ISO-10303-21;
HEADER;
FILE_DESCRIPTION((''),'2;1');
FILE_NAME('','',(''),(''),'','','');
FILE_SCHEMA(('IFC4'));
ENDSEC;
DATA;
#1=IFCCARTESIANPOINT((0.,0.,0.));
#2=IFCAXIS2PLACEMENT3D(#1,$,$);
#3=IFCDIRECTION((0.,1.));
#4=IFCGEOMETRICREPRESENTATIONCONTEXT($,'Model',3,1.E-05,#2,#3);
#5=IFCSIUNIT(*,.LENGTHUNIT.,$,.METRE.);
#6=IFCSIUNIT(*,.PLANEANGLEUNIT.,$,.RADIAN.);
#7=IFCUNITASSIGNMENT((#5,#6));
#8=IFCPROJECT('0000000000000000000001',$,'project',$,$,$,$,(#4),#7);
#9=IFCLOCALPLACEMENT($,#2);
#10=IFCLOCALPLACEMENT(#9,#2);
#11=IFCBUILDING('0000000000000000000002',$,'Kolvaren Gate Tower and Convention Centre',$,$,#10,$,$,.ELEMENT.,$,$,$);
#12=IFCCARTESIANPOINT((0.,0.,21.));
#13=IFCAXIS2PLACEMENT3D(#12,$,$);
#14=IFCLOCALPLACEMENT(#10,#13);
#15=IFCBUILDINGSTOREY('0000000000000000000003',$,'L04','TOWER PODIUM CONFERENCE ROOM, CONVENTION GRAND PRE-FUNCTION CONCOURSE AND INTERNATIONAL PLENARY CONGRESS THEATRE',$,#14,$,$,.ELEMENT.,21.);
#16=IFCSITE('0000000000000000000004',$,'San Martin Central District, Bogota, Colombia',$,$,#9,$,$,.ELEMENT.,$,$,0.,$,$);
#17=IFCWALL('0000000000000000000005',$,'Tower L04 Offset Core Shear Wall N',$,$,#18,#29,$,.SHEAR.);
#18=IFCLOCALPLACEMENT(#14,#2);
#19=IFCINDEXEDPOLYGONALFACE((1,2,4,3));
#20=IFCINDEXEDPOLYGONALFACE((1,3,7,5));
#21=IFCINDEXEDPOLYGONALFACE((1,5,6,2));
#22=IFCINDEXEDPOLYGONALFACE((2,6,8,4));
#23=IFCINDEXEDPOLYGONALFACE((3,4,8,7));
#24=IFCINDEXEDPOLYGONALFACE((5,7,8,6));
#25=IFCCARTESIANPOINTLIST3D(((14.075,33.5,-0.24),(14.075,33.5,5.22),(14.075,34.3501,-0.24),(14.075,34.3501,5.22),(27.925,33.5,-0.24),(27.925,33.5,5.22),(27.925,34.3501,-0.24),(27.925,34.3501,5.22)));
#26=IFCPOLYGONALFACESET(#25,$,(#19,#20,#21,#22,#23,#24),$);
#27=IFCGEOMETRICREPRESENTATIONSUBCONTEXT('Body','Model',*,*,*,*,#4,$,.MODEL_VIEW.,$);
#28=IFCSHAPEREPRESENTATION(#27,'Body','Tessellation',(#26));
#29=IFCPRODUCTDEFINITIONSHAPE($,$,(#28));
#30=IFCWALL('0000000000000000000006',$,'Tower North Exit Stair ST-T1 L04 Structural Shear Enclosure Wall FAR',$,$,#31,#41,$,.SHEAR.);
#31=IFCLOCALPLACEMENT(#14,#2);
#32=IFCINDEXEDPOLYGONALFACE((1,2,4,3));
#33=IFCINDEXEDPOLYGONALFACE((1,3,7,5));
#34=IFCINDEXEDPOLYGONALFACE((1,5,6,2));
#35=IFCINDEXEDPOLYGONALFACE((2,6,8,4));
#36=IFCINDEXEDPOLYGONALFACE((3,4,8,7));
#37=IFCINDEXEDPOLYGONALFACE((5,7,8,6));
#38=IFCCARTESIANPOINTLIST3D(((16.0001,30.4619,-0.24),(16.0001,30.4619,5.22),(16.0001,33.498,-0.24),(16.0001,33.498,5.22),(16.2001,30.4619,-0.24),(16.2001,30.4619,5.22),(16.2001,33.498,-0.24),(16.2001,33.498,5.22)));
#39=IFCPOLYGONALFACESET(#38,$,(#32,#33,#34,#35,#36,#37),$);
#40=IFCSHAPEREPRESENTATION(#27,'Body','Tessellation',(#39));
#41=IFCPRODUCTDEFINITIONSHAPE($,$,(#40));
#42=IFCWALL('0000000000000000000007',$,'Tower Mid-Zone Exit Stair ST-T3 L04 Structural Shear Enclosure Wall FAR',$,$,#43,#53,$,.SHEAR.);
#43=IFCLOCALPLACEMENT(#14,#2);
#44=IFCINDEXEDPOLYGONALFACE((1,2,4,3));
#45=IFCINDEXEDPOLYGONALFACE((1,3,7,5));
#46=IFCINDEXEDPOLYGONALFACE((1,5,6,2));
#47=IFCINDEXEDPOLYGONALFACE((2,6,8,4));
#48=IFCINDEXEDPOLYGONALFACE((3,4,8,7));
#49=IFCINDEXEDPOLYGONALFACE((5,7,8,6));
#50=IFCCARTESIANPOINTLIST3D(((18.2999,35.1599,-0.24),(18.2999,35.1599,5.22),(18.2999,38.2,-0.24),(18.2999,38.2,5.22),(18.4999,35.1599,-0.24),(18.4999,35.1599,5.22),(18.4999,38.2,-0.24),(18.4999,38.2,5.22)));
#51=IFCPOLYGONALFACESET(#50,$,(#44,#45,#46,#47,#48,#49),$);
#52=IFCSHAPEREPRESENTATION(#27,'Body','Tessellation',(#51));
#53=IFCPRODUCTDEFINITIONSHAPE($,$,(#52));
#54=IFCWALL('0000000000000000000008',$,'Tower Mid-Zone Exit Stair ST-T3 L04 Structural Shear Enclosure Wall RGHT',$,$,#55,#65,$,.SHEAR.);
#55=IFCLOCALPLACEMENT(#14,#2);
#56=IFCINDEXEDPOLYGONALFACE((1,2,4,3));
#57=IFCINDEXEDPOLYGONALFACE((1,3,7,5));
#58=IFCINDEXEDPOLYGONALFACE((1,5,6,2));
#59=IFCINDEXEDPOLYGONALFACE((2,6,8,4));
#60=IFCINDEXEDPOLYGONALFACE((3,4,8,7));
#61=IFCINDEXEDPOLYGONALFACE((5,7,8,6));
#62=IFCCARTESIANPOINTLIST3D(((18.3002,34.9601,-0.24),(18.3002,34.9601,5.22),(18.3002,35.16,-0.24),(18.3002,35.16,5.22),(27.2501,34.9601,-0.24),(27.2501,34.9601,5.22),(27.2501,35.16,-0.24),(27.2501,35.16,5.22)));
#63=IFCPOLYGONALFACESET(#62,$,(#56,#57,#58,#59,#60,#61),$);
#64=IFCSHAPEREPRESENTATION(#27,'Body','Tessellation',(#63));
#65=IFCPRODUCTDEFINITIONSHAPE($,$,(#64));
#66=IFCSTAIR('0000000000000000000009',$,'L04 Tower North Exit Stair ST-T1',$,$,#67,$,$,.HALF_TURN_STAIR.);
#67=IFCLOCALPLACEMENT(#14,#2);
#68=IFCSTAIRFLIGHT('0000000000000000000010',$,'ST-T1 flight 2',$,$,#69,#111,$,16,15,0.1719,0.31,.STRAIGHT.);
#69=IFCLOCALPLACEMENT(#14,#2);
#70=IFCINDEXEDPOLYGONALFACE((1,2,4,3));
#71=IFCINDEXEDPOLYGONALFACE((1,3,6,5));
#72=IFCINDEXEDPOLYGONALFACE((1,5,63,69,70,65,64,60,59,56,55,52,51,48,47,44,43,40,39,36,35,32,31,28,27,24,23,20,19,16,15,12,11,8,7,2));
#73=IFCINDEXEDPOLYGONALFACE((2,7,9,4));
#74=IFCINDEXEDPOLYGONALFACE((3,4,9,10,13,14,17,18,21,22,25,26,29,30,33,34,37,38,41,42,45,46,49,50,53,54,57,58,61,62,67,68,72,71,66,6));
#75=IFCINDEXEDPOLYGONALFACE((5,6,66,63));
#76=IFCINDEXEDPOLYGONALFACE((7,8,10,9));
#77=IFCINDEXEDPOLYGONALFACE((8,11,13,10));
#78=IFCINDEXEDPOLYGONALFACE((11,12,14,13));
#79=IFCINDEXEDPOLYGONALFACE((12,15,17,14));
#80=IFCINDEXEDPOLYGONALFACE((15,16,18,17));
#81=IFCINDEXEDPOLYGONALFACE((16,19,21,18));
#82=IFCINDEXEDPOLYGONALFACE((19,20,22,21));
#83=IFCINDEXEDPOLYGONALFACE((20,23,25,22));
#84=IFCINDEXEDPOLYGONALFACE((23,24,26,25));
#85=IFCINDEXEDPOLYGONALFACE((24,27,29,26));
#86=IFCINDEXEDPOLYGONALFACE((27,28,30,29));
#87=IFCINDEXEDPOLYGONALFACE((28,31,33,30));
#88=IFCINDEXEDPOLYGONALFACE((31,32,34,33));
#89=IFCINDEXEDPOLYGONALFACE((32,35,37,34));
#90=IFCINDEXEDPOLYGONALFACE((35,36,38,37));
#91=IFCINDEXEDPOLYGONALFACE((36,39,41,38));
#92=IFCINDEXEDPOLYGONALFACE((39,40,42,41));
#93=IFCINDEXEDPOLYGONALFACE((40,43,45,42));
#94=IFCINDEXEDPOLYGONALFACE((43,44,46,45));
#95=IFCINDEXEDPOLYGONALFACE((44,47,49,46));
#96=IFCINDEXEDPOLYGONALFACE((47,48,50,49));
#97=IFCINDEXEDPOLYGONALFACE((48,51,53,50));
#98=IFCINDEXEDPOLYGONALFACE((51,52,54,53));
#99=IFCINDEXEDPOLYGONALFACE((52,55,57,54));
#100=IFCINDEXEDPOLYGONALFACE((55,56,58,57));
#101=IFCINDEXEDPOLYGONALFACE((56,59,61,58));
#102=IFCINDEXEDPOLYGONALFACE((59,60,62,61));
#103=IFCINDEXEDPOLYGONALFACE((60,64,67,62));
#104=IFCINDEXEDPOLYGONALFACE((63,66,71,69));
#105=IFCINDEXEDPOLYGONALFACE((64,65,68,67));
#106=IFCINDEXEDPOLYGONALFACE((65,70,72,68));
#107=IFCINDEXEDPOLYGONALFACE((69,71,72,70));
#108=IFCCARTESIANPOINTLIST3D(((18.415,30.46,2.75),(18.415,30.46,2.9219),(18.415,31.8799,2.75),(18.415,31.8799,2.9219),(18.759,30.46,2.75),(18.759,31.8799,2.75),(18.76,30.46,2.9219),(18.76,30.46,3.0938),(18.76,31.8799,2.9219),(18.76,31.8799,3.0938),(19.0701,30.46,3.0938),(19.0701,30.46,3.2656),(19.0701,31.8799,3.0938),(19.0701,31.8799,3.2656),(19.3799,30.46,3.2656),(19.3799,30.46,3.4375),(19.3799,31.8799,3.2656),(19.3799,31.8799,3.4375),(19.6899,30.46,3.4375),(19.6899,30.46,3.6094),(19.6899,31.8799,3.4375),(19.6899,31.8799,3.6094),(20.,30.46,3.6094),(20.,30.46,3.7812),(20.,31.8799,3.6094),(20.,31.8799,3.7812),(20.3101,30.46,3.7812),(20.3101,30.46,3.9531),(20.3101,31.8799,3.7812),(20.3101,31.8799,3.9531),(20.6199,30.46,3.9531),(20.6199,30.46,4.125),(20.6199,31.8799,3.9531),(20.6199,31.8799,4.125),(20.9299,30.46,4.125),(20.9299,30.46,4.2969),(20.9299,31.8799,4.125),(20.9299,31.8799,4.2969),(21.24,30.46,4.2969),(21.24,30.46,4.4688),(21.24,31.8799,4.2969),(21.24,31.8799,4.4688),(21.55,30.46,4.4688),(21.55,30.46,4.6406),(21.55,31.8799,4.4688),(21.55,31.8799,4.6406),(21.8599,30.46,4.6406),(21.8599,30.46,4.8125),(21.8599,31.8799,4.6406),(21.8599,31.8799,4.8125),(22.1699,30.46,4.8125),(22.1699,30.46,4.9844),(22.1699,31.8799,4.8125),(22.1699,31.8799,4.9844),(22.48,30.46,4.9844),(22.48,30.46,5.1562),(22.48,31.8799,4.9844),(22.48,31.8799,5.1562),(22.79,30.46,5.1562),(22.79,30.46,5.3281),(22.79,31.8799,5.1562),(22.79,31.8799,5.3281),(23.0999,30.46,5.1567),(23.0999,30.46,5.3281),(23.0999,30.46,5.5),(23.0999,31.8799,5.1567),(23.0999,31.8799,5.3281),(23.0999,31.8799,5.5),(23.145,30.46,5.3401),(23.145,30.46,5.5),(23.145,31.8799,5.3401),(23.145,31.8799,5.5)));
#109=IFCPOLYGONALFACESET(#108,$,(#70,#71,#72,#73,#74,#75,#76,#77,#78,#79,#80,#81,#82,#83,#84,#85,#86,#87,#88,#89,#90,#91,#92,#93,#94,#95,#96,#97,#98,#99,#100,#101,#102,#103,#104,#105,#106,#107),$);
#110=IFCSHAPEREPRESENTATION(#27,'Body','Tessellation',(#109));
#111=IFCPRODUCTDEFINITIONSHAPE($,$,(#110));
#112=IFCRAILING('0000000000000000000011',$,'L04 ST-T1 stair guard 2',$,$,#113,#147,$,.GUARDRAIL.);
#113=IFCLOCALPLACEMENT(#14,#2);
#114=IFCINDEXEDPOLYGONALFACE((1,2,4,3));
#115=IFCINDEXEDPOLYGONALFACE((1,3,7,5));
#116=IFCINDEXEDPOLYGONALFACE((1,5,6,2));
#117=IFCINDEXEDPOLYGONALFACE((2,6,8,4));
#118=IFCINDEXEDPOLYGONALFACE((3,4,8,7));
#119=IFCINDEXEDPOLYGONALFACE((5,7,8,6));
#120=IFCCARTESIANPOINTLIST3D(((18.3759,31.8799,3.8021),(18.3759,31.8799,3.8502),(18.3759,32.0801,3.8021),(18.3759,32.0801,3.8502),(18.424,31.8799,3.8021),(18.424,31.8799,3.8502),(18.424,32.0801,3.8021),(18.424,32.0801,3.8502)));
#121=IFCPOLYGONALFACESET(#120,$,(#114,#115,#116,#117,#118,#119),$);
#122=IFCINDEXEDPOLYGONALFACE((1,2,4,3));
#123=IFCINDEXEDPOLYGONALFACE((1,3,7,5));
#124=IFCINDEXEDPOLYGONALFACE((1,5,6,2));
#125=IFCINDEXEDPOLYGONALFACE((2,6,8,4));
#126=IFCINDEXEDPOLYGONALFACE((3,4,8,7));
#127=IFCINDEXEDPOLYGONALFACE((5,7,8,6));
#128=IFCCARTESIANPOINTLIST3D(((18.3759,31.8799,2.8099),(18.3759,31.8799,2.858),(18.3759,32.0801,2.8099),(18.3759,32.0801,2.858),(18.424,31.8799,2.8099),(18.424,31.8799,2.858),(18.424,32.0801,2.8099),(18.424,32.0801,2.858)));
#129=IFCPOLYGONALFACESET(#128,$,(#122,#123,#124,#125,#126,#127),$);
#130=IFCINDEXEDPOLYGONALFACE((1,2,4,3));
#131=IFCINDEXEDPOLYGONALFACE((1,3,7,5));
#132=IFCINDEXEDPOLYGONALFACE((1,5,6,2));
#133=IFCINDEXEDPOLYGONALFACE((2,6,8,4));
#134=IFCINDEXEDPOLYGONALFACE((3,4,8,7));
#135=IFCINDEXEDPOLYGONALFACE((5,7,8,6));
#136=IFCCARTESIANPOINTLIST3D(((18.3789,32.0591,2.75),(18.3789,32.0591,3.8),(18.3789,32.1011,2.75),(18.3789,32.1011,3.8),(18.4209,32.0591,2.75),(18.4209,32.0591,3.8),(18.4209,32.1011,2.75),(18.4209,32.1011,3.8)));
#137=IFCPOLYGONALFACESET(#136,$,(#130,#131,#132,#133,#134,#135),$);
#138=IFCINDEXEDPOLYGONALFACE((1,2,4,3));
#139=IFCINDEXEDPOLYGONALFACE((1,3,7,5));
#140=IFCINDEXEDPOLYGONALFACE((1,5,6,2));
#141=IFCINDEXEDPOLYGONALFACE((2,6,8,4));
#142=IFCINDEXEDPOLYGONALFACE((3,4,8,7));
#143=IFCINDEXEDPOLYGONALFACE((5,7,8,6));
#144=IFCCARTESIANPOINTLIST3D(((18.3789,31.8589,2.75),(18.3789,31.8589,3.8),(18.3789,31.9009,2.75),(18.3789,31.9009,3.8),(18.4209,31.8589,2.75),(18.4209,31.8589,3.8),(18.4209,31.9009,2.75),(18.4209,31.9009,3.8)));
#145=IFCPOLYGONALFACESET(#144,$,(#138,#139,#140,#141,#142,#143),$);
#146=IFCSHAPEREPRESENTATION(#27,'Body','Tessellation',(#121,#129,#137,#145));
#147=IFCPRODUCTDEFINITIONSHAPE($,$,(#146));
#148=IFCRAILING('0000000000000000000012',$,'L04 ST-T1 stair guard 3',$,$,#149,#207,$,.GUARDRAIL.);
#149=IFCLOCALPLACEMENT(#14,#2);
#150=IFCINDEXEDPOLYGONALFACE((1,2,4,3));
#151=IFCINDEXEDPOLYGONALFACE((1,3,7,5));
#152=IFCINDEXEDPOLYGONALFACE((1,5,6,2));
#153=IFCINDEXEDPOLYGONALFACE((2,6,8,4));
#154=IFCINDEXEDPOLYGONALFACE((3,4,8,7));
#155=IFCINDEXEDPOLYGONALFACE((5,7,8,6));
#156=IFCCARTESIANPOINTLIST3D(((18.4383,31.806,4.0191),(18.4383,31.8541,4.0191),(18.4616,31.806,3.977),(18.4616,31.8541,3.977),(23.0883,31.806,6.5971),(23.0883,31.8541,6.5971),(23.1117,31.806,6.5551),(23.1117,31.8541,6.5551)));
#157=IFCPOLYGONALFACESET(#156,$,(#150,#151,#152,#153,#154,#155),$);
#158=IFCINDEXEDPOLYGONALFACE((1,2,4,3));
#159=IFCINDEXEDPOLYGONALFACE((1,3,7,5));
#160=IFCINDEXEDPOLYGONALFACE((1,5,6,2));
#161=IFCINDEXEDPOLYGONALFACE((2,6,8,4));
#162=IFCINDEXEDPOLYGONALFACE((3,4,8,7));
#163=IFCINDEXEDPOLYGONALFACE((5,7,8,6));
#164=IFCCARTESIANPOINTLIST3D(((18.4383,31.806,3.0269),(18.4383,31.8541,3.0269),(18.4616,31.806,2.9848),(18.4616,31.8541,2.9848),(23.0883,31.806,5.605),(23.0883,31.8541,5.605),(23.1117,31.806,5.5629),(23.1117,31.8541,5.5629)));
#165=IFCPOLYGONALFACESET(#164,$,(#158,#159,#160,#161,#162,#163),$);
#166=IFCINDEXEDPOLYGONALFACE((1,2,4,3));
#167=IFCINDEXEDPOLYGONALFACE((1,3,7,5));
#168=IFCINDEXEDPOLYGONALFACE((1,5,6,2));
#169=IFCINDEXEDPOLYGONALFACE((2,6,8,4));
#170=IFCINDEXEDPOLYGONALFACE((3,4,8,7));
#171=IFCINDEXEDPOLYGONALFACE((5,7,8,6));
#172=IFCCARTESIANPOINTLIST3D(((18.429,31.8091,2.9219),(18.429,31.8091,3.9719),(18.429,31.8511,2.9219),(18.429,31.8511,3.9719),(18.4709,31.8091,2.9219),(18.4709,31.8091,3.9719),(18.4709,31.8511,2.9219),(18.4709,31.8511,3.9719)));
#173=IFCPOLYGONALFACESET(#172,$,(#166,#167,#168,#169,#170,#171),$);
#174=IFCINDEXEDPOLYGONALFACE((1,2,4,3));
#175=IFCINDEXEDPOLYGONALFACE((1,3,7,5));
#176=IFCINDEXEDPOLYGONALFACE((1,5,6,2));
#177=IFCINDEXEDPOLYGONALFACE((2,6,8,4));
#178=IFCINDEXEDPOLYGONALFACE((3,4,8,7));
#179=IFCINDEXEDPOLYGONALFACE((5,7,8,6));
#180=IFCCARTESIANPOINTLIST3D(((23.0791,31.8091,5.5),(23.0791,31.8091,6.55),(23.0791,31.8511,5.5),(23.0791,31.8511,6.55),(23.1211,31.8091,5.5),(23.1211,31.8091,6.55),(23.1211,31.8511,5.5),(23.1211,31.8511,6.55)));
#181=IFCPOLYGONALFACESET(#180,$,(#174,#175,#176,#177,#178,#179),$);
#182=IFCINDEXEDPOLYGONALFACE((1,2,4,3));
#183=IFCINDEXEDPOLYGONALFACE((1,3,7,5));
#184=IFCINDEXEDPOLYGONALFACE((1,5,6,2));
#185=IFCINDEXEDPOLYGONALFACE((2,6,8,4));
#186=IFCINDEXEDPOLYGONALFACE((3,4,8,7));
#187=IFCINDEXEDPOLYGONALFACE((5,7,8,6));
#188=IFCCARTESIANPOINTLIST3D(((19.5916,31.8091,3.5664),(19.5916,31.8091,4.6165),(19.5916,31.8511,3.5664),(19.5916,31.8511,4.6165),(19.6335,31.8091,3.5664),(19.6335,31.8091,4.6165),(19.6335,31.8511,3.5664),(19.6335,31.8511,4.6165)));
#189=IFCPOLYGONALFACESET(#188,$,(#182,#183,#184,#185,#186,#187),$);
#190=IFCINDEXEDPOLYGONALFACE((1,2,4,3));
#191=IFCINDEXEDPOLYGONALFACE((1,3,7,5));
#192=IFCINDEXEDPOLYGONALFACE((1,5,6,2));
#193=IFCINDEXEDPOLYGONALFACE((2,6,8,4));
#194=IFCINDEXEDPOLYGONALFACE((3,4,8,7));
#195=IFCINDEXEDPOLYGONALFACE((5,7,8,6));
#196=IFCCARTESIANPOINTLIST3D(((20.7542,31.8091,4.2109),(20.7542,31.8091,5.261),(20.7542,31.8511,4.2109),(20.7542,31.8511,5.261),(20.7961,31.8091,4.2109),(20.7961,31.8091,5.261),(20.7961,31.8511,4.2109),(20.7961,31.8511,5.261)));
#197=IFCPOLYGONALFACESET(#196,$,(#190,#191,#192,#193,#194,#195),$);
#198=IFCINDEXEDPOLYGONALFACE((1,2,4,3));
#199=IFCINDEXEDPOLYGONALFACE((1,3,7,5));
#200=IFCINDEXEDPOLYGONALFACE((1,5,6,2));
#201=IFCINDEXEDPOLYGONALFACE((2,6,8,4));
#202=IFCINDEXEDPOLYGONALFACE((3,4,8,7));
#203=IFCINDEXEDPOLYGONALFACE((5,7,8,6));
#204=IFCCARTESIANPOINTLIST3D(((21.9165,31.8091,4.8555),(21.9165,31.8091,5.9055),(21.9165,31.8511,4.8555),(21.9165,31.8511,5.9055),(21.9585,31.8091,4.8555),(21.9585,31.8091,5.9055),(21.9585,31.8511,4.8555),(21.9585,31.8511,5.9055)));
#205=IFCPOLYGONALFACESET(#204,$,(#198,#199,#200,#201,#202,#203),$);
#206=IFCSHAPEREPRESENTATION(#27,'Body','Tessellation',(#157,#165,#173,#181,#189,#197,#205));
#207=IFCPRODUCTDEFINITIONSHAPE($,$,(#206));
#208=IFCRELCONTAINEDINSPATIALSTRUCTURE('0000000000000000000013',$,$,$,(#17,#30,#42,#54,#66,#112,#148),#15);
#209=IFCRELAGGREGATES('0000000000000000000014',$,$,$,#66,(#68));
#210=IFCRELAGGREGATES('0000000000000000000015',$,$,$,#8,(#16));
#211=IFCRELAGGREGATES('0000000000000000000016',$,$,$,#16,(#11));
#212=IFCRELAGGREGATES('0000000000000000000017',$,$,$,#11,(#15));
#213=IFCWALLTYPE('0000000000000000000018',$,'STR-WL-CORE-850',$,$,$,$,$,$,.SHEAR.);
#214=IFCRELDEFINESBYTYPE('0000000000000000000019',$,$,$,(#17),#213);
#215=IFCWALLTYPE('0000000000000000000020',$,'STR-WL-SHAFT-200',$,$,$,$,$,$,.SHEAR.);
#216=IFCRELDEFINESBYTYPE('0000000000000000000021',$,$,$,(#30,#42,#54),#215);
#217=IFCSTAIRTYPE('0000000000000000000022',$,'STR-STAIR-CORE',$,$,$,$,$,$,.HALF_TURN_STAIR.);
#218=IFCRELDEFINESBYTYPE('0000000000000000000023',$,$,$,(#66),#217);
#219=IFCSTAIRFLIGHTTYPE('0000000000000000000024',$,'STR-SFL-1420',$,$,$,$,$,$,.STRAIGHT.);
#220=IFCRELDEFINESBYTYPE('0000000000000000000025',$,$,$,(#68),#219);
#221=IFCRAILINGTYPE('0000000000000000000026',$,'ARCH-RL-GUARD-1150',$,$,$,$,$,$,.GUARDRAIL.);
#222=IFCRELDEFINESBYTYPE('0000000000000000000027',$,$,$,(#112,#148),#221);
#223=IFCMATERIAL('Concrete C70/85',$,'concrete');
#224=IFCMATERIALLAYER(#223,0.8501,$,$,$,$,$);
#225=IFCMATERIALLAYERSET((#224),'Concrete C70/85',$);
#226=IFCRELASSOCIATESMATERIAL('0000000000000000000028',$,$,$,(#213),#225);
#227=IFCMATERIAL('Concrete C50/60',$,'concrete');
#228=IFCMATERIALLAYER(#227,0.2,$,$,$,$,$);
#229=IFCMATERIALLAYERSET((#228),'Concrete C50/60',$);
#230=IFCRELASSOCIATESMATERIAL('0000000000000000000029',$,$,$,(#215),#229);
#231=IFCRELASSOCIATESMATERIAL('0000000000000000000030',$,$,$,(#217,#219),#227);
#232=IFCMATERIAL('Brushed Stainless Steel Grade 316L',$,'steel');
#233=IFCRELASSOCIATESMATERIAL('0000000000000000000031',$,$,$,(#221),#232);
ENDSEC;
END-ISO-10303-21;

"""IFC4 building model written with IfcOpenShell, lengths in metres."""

from ifc_helpers import new_model, si_unit, direction, frame, frame_2d, origin, origin_2d, place, context, subcontext, project, spatial, polyline, rectangle, outline, extrude, material, layer, layer_set, type_object, element, aggregate, save


model = new_model("IFC4")

# Units and contexts
model_context = context("Model", 3, precision=1e-05, world=origin(), true_north=direction((0.0, 1.0)))
body_context = subcontext(model_context, "Body", "Model", "MODEL_VIEW")
ifc_project = project(units=[si_unit("LENGTHUNIT", "METRE"), si_unit("PLANEANGLEUNIT", "RADIAN")], contexts=[model_context])

# Site, building, storey
site_placement = place(None, origin())
site = spatial("IfcSite", under=ifc_project, at=site_placement, Name="San Martin Central District, Bogota, Colombia", CompositionType="ELEMENT", RefElevation=0.0)
building_placement = place(site_placement, origin())
building = spatial("IfcBuilding", under=site, at=building_placement, Name="Kolvaren Gate Tower and Convention Centre", CompositionType="ELEMENT")
storey_placement = place(building_placement, frame((0.0, 0.0, 21.0)))
storey = spatial("IfcBuildingStorey", under=building, at=storey_placement, Name="L04", Description="TOWER PODIUM CONFERENCE ROOM, CONVENTION GRAND PRE-FUNCTION CONCOURSE AND INTERNATIONAL PLENARY CONGRESS THEATRE", CompositionType="ELEMENT", Elevation=21.0)

# Walls
ifc_material_1 = material(Name="Concrete C50/60", Category="concrete")
ifc_material_2 = material(Name="Concrete C70/85", Category="concrete")
ifc_layer_1 = layer(ifc_material_2, 0.8501)
ifc_layer_set_1 = layer_set([ifc_layer_1], Name="Concrete C70/85")
wall_type_1 = type_object("IfcWallType", Name="STR-WL-CORE-850", PredefinedType="SHEAR", material=ifc_layer_set_1)
wall_1_placement = place(storey_placement, frame((14.075, 33.925, -0.24), z_axis=(0.0, 0.0, 1.0), x_axis=(1.0, 0.0, 0.0)))
element("IfcWall", 1, at=wall_1_placement, inside=storey, type_object=wall_type_1, Name="Tower L04 Offset Core Shear Wall N", PredefinedType="SHEAR", context=body_context, shape_type="SweptSolid", body=[
    extrude(rectangle(XDim=13.8501, YDim=0.8501, at=frame_2d((6.925, 0.0))), origin(), (0.0, 0.0, 1.0), 5.46),
])
ifc_layer_2 = layer(ifc_material_1, 0.2)
ifc_layer_set_2 = layer_set([ifc_layer_2], Name="Concrete C50/60")
wall_type_2 = type_object("IfcWallType", Name="STR-WL-SHAFT-200", PredefinedType="SHEAR", material=ifc_layer_set_2)
wall_2_placement = place(storey_placement, frame((16.1001, 30.4619, -0.24), z_axis=(0.0, 0.0, 1.0), x_axis=(0.0, 1.0, 0.0)))
element("IfcWall", 2, at=wall_2_placement, inside=storey, type_object=wall_type_2, Name="Tower North Exit Stair ST-T1 L04 Structural Shear Enclosure Wall FAR", PredefinedType="SHEAR", context=body_context, shape_type="SweptSolid", body=[
    extrude(rectangle(XDim=3.0361, YDim=0.2, at=frame_2d((1.5181, 0.0))), origin(), (0.0, 0.0, 1.0), 5.46),
])
wall_3_placement = place(storey_placement, frame((18.3999, 35.1599, -0.24), z_axis=(0.0, 0.0, 1.0), x_axis=(0.0, 1.0, 0.0)))
element("IfcWall", 3, at=wall_3_placement, inside=storey, type_object=wall_type_2, Name="Tower Mid-Zone Exit Stair ST-T3 L04 Structural Shear Enclosure Wall FAR", PredefinedType="SHEAR", context=body_context, shape_type="SweptSolid", body=[
    extrude(rectangle(XDim=3.04, YDim=0.2, at=frame_2d((1.52, 0.0))), origin(), (0.0, 0.0, 1.0), 5.46),
])
wall_4_placement = place(storey_placement, frame((18.3, 35.0601, -0.24), z_axis=(0.0, 0.0, 1.0), x_axis=(1.0, 0.0, 0.0)))
element("IfcWall", 4, at=wall_4_placement, inside=storey, type_object=wall_type_2, Name="Tower Mid-Zone Exit Stair ST-T3 L04 Structural Shear Enclosure Wall RGHT", PredefinedType="SHEAR", context=body_context, shape_type="SweptSolid", body=[
    extrude(rectangle(XDim=8.95, YDim=0.2, at=frame_2d((4.4751, 0.0))), origin(), (0.0, 0.0, 1.0), 5.46),
])

# Stair, stair flight
stair_type = type_object("IfcStairType", Name="STR-STAIR-CORE", PredefinedType="HALF_TURN_STAIR", material=ifc_material_1)
stair_placement = place(storey_placement, origin())
stair = element("IfcStair", 5, at=stair_placement, inside=storey, type_object=stair_type, Name="L04 Tower North Exit Stair ST-T1", PredefinedType="HALF_TURN_STAIR")
stair_flight_type = type_object("IfcStairFlightType", Name="STR-SFL-1420", PredefinedType="STRAIGHT", material=ifc_material_1)
stair_flight_placement = place(storey_placement, frame((18.45, 31.1699, 2.75), z_axis=(0.0, 0.0, 1.0), x_axis=(1.0, 0.0, 0.0)))
stair_flight = element("IfcStairFlight", 6, at=stair_flight_placement, type_object=stair_flight_type, Name="ST-T1 flight 2", NumberOfRisers=16, NumberOfTreads=15, PredefinedType="STRAIGHT", RiserHeight=0.1719, TreadLength=0.31, context=body_context, shape_type="SweptSolid", body=[
    extrude(outline(polyline([(-0.0349, 0.0), (-0.0349, 0.1719), (0.3101, 0.1719), (0.3101, 0.3438), (0.6201, 0.3438), (0.6201, 0.5156), (0.9299, 0.5156), (0.9299, 0.6875), (1.24, 0.6875), (1.24, 0.8594), (1.55, 0.8594), (1.55, 1.0312), (1.8601, 1.0312), (1.8601, 1.2031), (2.1699, 1.2031), (2.1699, 1.375), (2.48, 1.375), (2.48, 1.5469), (2.79, 1.5469), (2.79, 1.7188), (3.1001, 1.7188), (3.1001, 1.8906), (3.4099, 1.8906), (3.4099, 2.0625), (3.72, 2.0625), (3.72, 2.2344), (4.03, 2.2344), (4.03, 2.4062), (4.3401, 2.4062), (4.3401, 2.5781), (4.6499, 2.5781), (4.6499, 2.75), (4.6951, 2.75), (4.6951, 2.5901), (4.6499, 2.4067), (0.3091, 0.0), (-0.0349, 0.0)])), frame((0.0, 0.71, 0.0), z_axis=(0.0, -1.0, 0.0), x_axis=(1.0, 0.0, 0.0)), (0.0, 0.0, 1.0), 1.4199),
])
aggregate(stair, [stair_flight])

# Railings
ifc_material_3 = material(Name="Brushed Stainless Steel Grade 316L", Category="steel")
railing_type_1 = type_object("IfcRailingType", Name="ARCH-RL-GUARD-1150", PredefinedType="GUARDRAIL", material=ifc_material_3)
railing_1_placement = place(storey_placement, frame((18.3999, 32.0801, 2.75)))
element("IfcRailing", 7, at=railing_1_placement, inside=storey, type_object=railing_type_1, Name="L04 ST-T1 stair guard 2", PredefinedType="GUARDRAIL", context=body_context, shape_type="SweptSolid", body=[
    extrude(rectangle(XDim=0.0481, YDim=0.0481, at=origin_2d()), frame((0.0, 0.0, 1.0762), z_axis=(0.0, -1.0, 0.0), x_axis=(1.0, 0.0, 0.0)), (0.0, 0.0, 1.0), 0.2002),
    extrude(rectangle(XDim=0.0481, YDim=0.0481, at=origin_2d()), frame((0.0, 0.0, 0.084), z_axis=(0.0, -1.0, 0.0), x_axis=(1.0, 0.0, 0.0)), (0.0, 0.0, 1.0), 0.2002),
    extrude(rectangle(XDim=0.042, YDim=0.042, at=origin_2d()), origin(), (0.0, 0.0, 1.0), 1.05),
    extrude(rectangle(XDim=0.042, YDim=0.042, at=origin_2d()), frame((0.0, -0.2002, 0.0)), (0.0, 0.0, 1.0), 1.05),
])
railing_2_placement = place(storey_placement, frame((18.45, 31.8301, 2.9219)))
element("IfcRailing", 8, at=railing_2_placement, inside=storey, type_object=railing_type_1, Name="L04 ST-T1 stair guard 3", PredefinedType="GUARDRAIL", context=body_context, shape_type="SweptSolid", body=[
    extrude(rectangle(XDim=0.0481, YDim=0.0481, at=origin_2d()), frame((0.0, 0.0, 1.0762), z_axis=(0.874579, 0.0, 0.484883), x_axis=(0.0, 1.0, 0.0)), (0.0, 0.0, 1.0), 5.3169),
    extrude(rectangle(XDim=0.0481, YDim=0.0481, at=origin_2d()), frame((0.0, 0.0, 0.084), z_axis=(0.874579, 0.0, 0.484883), x_axis=(0.0, 1.0, 0.0)), (0.0, 0.0, 1.0), 5.3169),
    extrude(rectangle(XDim=0.042, YDim=0.042, at=origin_2d()), origin(), (0.0, 0.0, 1.0), 1.05),
    extrude(rectangle(XDim=0.042, YDim=0.042, at=origin_2d()), frame((4.6501, 0.0, 2.5781)), (0.0, 0.0, 1.0), 1.05),
    extrude(rectangle(XDim=0.042, YDim=0.042, at=origin_2d()), frame((1.1626, 0.0, 0.6445)), (0.0, 0.0, 1.0), 1.05),
    extrude(rectangle(XDim=0.042, YDim=0.042, at=origin_2d()), frame((2.3252, 0.0, 1.2891)), (0.0, 0.0, 1.0), 1.05),
    extrude(rectangle(XDim=0.042, YDim=0.042, at=origin_2d()), frame((3.4875, 0.0, 1.9336)), (0.0, 0.0, 1.0), 1.05),
])

save(model, "model.ifc")
